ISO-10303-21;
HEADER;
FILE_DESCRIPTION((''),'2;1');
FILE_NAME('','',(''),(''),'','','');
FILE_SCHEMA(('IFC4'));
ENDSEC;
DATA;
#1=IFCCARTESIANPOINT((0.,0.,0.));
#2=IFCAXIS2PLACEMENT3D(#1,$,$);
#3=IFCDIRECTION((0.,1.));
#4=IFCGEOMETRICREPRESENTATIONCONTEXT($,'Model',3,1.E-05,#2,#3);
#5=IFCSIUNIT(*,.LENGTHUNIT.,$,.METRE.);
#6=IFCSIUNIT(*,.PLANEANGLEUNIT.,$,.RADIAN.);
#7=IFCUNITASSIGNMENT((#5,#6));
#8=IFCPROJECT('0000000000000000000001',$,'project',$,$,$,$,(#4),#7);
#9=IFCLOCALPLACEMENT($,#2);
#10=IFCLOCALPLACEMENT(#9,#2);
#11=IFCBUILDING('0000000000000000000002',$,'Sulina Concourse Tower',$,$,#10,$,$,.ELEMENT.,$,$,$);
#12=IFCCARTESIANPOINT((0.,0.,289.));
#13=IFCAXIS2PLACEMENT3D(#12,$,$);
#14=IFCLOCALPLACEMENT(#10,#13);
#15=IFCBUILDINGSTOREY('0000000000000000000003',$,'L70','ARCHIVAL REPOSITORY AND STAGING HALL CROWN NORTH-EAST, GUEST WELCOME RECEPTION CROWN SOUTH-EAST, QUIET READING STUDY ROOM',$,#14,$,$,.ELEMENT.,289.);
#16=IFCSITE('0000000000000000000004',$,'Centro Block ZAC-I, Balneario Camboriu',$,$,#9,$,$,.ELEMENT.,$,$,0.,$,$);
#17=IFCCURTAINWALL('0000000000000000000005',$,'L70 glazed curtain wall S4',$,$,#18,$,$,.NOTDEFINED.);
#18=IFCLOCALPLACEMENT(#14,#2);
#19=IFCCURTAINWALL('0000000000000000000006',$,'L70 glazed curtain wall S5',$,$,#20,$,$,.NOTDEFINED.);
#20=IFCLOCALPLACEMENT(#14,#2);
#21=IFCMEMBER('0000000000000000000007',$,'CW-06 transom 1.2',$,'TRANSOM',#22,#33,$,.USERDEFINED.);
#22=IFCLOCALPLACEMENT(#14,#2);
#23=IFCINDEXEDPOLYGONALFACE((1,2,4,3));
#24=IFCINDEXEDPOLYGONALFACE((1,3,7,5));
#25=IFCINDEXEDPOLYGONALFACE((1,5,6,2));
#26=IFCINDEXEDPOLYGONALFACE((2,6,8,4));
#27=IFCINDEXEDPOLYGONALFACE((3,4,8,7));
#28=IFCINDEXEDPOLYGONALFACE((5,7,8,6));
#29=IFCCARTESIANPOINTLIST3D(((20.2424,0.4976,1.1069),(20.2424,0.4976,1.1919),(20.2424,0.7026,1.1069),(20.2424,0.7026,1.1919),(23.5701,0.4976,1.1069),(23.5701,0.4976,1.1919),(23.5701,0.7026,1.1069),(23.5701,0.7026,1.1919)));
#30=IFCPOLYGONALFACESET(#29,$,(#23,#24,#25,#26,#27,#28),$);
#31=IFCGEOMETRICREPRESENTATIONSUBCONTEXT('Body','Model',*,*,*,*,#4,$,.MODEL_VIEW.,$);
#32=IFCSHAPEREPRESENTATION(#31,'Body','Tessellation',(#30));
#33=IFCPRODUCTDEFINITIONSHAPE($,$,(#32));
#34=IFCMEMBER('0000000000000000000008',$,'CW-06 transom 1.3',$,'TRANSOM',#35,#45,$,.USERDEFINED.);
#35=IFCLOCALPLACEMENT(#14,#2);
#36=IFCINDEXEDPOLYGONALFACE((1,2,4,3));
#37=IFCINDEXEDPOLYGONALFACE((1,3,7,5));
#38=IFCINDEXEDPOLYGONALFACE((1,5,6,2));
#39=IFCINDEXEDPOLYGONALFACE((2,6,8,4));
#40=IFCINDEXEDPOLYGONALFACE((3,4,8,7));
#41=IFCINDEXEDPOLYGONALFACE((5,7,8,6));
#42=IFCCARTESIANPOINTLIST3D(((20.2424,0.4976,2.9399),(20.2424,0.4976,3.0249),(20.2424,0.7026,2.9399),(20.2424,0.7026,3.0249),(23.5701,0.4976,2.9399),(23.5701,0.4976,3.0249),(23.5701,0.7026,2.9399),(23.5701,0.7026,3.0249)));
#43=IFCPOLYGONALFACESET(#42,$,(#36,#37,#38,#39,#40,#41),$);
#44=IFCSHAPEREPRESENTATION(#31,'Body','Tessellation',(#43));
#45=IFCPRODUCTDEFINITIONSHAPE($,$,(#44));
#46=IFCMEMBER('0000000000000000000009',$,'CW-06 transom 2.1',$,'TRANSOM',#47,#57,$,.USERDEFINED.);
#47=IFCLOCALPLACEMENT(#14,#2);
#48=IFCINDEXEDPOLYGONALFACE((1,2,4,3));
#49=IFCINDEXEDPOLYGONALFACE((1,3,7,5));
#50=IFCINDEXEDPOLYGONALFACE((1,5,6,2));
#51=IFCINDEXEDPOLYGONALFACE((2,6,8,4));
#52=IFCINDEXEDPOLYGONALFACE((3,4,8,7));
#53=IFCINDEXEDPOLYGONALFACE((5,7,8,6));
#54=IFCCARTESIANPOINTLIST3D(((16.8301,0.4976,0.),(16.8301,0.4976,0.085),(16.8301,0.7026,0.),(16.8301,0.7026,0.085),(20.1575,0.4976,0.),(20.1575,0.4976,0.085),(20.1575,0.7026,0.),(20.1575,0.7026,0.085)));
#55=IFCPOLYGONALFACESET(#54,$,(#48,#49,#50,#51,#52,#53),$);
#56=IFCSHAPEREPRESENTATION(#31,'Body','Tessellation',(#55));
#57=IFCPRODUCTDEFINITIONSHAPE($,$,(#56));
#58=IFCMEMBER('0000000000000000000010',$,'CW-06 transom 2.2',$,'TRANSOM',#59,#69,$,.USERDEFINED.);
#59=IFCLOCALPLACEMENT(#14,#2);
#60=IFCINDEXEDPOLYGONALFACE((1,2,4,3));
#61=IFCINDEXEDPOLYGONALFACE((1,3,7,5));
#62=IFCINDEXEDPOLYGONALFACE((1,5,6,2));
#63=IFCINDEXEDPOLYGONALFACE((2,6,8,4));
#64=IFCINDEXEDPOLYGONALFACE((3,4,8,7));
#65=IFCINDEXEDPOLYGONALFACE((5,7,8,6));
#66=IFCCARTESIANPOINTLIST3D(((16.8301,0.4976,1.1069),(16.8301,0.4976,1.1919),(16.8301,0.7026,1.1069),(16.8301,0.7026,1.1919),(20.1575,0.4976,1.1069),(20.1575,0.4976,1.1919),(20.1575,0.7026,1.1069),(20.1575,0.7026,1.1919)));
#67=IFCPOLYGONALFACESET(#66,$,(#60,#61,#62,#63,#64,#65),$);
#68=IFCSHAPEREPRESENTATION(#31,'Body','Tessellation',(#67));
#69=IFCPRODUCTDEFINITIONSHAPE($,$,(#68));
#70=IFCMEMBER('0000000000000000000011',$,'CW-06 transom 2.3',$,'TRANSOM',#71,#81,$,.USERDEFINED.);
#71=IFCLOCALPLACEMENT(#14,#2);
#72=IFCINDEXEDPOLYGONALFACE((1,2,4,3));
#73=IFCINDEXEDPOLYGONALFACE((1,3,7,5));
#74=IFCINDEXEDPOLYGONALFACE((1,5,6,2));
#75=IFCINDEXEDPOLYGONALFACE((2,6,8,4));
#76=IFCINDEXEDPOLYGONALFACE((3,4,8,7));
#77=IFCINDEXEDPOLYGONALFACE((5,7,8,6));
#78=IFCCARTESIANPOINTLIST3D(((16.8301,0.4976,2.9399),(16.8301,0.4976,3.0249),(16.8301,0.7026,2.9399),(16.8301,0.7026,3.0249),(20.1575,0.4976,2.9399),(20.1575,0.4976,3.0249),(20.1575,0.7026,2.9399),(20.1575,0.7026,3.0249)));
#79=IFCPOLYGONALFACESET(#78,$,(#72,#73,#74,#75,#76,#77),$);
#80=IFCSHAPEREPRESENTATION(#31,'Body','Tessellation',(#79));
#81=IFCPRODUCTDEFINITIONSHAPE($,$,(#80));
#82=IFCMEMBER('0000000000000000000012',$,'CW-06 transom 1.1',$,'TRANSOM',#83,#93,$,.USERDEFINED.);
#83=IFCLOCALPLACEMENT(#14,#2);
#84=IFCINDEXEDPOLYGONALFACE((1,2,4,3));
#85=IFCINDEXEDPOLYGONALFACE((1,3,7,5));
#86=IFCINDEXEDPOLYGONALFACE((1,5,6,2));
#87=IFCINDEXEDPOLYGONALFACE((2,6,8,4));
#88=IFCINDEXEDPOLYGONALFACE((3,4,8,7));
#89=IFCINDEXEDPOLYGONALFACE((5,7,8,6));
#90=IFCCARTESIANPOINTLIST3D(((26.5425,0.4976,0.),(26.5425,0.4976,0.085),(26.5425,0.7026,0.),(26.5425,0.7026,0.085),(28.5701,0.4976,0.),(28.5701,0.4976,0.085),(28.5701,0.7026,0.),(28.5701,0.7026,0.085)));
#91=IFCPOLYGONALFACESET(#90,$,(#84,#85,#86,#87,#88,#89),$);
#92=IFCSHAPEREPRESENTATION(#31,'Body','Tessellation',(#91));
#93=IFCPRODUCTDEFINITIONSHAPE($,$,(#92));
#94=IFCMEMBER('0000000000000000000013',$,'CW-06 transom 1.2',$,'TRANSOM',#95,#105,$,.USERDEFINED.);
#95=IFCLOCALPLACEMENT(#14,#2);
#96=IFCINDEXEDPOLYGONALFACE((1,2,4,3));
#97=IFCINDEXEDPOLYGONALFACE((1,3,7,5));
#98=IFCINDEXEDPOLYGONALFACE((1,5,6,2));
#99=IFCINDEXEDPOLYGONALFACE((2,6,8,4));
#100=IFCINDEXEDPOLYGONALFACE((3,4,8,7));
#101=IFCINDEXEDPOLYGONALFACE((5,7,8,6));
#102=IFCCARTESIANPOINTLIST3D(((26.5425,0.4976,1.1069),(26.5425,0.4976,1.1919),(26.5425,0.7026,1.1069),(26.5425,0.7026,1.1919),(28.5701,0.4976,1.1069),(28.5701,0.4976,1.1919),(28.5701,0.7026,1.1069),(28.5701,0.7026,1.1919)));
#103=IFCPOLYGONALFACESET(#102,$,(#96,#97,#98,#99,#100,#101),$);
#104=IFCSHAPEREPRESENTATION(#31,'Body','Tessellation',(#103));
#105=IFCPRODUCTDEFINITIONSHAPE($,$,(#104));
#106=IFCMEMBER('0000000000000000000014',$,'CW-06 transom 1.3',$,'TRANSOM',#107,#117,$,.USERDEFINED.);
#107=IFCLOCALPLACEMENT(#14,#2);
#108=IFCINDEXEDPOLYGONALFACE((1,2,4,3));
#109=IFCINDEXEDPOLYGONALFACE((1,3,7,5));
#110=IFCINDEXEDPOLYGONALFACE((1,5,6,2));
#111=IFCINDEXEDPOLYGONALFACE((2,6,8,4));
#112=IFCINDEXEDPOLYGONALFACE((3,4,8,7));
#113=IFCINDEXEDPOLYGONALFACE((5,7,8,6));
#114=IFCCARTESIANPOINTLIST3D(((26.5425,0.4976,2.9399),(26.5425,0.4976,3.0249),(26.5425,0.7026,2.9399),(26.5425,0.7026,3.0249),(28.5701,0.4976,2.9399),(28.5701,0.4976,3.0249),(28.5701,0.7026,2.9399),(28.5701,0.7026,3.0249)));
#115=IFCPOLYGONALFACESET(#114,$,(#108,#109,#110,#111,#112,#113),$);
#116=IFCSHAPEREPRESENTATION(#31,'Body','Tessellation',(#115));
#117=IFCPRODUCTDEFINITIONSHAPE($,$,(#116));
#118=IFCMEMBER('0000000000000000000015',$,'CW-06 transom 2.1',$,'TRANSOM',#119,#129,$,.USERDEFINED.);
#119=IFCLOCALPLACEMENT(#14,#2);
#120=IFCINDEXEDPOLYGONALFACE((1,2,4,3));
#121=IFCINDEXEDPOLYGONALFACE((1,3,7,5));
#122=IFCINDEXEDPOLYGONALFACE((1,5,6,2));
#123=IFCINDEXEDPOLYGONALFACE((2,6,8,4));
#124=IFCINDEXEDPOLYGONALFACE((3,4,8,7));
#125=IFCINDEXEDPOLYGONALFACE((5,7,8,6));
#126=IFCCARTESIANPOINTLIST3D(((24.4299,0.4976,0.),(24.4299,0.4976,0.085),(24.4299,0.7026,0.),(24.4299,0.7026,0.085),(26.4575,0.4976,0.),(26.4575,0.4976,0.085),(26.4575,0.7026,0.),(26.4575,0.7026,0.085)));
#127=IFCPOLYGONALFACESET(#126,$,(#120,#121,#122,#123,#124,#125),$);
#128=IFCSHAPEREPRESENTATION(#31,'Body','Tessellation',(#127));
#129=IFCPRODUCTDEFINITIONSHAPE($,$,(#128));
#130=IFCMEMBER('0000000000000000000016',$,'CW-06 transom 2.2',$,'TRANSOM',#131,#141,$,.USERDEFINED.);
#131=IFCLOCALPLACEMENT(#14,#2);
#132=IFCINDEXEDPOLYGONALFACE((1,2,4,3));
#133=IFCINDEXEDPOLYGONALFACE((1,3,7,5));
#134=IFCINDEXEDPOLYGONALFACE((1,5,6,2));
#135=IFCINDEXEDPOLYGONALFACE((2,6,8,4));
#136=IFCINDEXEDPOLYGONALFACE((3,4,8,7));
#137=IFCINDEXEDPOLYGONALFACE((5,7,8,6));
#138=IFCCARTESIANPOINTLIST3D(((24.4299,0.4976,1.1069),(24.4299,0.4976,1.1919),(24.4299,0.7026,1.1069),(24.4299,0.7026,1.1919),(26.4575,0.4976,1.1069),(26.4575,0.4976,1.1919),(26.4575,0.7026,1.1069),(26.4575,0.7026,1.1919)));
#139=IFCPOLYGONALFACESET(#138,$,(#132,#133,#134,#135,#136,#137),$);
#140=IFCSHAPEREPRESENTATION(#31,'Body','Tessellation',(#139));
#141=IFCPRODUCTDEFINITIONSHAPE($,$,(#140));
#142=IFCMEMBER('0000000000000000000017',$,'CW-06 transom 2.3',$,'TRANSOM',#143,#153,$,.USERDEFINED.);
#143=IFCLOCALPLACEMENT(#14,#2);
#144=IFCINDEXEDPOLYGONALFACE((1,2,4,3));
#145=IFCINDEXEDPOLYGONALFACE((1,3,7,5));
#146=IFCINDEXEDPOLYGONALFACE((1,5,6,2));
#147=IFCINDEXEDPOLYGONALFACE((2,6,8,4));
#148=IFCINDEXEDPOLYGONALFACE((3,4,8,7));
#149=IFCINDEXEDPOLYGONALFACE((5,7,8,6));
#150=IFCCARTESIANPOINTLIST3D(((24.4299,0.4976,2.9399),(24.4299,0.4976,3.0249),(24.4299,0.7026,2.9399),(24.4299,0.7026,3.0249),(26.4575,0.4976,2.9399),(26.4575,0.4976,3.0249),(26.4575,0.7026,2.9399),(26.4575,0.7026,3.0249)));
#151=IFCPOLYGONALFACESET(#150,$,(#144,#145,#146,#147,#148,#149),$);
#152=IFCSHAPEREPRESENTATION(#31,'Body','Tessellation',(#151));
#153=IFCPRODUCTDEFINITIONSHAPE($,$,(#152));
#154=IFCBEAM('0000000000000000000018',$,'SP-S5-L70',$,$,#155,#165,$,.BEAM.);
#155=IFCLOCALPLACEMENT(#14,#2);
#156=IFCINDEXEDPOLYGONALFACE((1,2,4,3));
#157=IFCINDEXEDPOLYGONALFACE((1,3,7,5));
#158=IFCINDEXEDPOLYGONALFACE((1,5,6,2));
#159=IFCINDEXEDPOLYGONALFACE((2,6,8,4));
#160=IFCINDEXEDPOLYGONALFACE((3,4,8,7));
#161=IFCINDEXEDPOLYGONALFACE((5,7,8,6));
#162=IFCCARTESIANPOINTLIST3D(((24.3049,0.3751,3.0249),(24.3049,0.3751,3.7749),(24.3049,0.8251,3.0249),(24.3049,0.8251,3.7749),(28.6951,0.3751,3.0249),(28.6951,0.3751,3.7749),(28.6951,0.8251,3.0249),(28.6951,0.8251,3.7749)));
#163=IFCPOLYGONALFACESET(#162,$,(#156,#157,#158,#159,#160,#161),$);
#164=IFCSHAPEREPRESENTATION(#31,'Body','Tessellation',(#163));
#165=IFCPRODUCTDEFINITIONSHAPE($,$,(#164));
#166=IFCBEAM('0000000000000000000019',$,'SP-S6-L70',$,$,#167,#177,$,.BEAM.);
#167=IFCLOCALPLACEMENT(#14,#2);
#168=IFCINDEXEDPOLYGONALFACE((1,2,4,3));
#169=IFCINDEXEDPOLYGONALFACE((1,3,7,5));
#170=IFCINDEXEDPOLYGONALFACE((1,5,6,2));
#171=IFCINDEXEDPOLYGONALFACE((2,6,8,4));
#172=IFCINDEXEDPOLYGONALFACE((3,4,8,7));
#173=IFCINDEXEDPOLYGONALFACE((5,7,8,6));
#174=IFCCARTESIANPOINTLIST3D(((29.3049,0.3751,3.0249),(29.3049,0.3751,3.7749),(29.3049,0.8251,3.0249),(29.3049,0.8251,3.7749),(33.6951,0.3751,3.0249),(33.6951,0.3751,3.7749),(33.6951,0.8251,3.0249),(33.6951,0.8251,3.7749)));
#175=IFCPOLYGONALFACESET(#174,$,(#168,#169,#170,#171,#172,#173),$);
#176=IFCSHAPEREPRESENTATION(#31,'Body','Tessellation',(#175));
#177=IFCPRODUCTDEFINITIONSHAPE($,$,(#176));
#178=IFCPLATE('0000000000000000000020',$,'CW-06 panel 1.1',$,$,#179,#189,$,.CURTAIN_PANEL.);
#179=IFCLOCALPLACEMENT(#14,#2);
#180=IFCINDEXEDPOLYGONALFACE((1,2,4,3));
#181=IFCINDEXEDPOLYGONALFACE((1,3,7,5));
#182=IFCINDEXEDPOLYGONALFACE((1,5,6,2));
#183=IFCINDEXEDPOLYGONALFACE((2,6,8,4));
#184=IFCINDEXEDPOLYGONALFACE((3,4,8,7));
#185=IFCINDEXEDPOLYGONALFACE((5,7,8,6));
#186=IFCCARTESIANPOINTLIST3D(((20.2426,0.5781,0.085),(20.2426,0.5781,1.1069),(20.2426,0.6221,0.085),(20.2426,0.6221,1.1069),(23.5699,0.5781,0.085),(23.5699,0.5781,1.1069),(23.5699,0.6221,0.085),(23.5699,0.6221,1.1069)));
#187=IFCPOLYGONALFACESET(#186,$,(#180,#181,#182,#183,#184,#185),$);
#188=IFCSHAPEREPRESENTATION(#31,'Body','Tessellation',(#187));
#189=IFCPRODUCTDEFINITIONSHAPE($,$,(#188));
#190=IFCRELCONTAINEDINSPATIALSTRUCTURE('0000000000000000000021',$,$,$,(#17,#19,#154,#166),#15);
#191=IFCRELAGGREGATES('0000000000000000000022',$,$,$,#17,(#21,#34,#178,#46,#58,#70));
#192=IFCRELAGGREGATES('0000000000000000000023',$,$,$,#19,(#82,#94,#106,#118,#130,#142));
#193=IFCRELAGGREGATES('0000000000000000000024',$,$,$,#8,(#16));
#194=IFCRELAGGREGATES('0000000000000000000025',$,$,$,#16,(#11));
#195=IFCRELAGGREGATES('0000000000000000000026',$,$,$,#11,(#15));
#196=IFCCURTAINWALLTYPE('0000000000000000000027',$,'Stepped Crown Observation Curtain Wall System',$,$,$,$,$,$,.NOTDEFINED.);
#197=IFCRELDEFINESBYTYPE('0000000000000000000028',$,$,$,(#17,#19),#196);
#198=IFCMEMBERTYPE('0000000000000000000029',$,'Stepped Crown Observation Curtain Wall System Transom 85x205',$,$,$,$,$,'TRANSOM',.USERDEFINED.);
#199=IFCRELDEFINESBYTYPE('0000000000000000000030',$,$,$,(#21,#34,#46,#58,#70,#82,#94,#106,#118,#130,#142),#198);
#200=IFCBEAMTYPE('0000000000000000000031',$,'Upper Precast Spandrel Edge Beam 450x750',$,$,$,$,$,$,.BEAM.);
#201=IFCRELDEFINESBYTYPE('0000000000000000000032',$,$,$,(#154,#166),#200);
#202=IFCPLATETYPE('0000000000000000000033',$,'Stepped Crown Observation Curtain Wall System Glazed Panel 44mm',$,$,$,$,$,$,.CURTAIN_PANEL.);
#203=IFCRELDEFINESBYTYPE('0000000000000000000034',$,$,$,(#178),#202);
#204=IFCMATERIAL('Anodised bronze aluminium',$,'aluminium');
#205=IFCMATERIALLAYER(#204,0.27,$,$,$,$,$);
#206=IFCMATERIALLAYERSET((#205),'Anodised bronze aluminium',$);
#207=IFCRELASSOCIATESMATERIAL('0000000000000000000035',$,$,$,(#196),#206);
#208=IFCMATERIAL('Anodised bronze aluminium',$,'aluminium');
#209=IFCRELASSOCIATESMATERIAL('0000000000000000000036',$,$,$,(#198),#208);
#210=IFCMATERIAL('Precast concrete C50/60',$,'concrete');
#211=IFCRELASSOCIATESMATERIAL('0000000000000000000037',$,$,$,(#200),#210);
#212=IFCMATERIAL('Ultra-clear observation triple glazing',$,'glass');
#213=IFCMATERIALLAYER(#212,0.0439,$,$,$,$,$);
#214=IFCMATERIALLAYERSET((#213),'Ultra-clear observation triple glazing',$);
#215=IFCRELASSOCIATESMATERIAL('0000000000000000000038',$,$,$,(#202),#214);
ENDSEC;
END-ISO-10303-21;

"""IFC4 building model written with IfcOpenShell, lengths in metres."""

from ifc_helpers import new_model, si_unit, direction, frame, origin, origin_2d, place, context, subcontext, project, spatial, rectangle, extrude, material, layer, layer_set, material_profile, profile_set, type_object, element, aggregate, save


model = new_model("IFC4")

# Units and contexts
model_context = context("Model", 3, precision=1e-05, world=origin(), true_north=direction((0.0, 1.0)))
body_context = subcontext(model_context, "Body", "Model", "MODEL_VIEW")
ifc_project = project(units=[si_unit("LENGTHUNIT", "METRE"), si_unit("PLANEANGLEUNIT", "RADIAN")], contexts=[model_context])

# Site, building, storey
site_placement = place(None, origin())
site = spatial("IfcSite", under=ifc_project, at=site_placement, Name="Centro Block ZAC-I, Balneario Camboriu", CompositionType="ELEMENT", RefElevation=0.0)
building_placement = place(site_placement, origin())
building = spatial("IfcBuilding", under=site, at=building_placement, Name="Sulina Concourse Tower", CompositionType="ELEMENT")
storey_placement = place(building_placement, frame((0.0, 0.0, 289.0)))
storey = spatial("IfcBuildingStorey", under=building, at=storey_placement, Name="L70", Description="ARCHIVAL REPOSITORY AND STAGING HALL CROWN NORTH-EAST, GUEST WELCOME RECEPTION CROWN SOUTH-EAST, QUIET READING STUDY ROOM", CompositionType="ELEMENT", Elevation=289.0)

# Curtain walls
ifc_material_1 = material(Name="Anodised bronze aluminium", Category="aluminium")
ifc_layer_1 = layer(ifc_material_1, 0.27)
ifc_layer_set_1 = layer_set([ifc_layer_1], Name="Anodised bronze aluminium")
curtain_wall_type = type_object("IfcCurtainWallType", Name="Stepped Crown Observation Curtain Wall System", PredefinedType="NOTDEFINED", material=ifc_layer_set_1)
curtain_wall_1_placement = place(storey_placement, origin())
curtain_wall_1 = element("IfcCurtainWall", 1, at=curtain_wall_1_placement, inside=storey, type_object=curtain_wall_type, Name="L70 glazed curtain wall S4", PredefinedType="NOTDEFINED")
curtain_wall_2_placement = place(storey_placement, origin())
curtain_wall_2 = element("IfcCurtainWall", 2, at=curtain_wall_2_placement, inside=storey, type_object=curtain_wall_type, Name="L70 glazed curtain wall S5", PredefinedType="NOTDEFINED")

# Members
ifc_material_2 = material(Name="Anodised bronze aluminium", Category="aluminium")
ifc_material_profile_1 = material_profile(ifc_material_2, rectangle(XDim=0.2051, YDim=0.085, at=origin_2d()), Name="TRN 85x205")
ifc_profile_set_1 = profile_set([ifc_material_profile_1], Name="Anodised bronze aluminium")
member_type_1 = type_object("IfcMemberType", Name="Stepped Crown Observation Curtain Wall System Transom 85x205", ElementType="TRANSOM", PredefinedType="USERDEFINED", material=ifc_profile_set_1)
member_1_placement = place(storey_placement, frame((23.5701, 0.6001, 1.1494), z_axis=(-1.0, 0.0, 0.0), x_axis=(0.0, -1.0, 0.0)))
member_1 = element("IfcMember", 3, at=member_1_placement, type_object=member_type_1, Name="CW-06 transom 1.2", ObjectType="TRANSOM", PredefinedType="USERDEFINED", context=body_context, shape_type="SweptSolid", body=[
    extrude(rectangle(XDim=0.2051, YDim=0.085, at=origin_2d()), origin(), (0.0, 0.0, 1.0), 3.3276),
])
member_2_placement = place(storey_placement, frame((23.5701, 0.6001, 2.9824), z_axis=(-1.0, 0.0, 0.0), x_axis=(0.0, -1.0, 0.0)))
member_2 = element("IfcMember", 4, at=member_2_placement, type_object=member_type_1, Name="CW-06 transom 1.3", ObjectType="TRANSOM", PredefinedType="USERDEFINED", context=body_context, shape_type="SweptSolid", body=[
    extrude(rectangle(XDim=0.2051, YDim=0.085, at=origin_2d()), origin(), (0.0, 0.0, 1.0), 3.3276),
])
member_3_placement = place(storey_placement, frame((20.1575, 0.6001, 0.0425), z_axis=(-1.0, 0.0, 0.0), x_axis=(0.0, -1.0, 0.0)))
member_3 = element("IfcMember", 5, at=member_3_placement, type_object=member_type_1, Name="CW-06 transom 2.1", ObjectType="TRANSOM", PredefinedType="USERDEFINED", context=body_context, shape_type="SweptSolid", body=[
    extrude(rectangle(XDim=0.2051, YDim=0.085, at=origin_2d()), origin(), (0.0, 0.0, 1.0), 3.3274),
])
member_4_placement = place(storey_placement, frame((20.1575, 0.6001, 1.1494), z_axis=(-1.0, 0.0, 0.0), x_axis=(0.0, -1.0, 0.0)))
member_4 = element("IfcMember", 6, at=member_4_placement, type_object=member_type_1, Name="CW-06 transom 2.2", ObjectType="TRANSOM", PredefinedType="USERDEFINED", context=body_context, shape_type="SweptSolid", body=[
    extrude(rectangle(XDim=0.2051, YDim=0.085, at=origin_2d()), origin(), (0.0, 0.0, 1.0), 3.3274),
])
member_5_placement = place(storey_placement, frame((20.1575, 0.6001, 2.9824), z_axis=(-1.0, 0.0, 0.0), x_axis=(0.0, -1.0, 0.0)))
member_5 = element("IfcMember", 7, at=member_5_placement, type_object=member_type_1, Name="CW-06 transom 2.3", ObjectType="TRANSOM", PredefinedType="USERDEFINED", context=body_context, shape_type="SweptSolid", body=[
    extrude(rectangle(XDim=0.2051, YDim=0.085, at=origin_2d()), origin(), (0.0, 0.0, 1.0), 3.3274),
])
member_6_placement = place(storey_placement, frame((28.5701, 0.6001, 0.0425), z_axis=(-1.0, 0.0, 0.0), x_axis=(0.0, -1.0, 0.0)))
member_6 = element("IfcMember", 8, at=member_6_placement, type_object=member_type_1, Name="CW-06 transom 1.1", ObjectType="TRANSOM", PredefinedType="USERDEFINED", context=body_context, shape_type="SweptSolid", body=[
    extrude(rectangle(XDim=0.2051, YDim=0.085, at=origin_2d()), origin(), (0.0, 0.0, 1.0), 2.0276),
])
member_7_placement = place(storey_placement, frame((28.5701, 0.6001, 1.1494), z_axis=(-1.0, 0.0, 0.0), x_axis=(0.0, -1.0, 0.0)))
member_7 = element("IfcMember", 9, at=member_7_placement, type_object=member_type_1, Name="CW-06 transom 1.2", ObjectType="TRANSOM", PredefinedType="USERDEFINED", context=body_context, shape_type="SweptSolid", body=[
    extrude(rectangle(XDim=0.2051, YDim=0.085, at=origin_2d()), origin(), (0.0, 0.0, 1.0), 2.0276),
])
member_8_placement = place(storey_placement, frame((28.5701, 0.6001, 2.9824), z_axis=(-1.0, 0.0, 0.0), x_axis=(0.0, -1.0, 0.0)))
member_8 = element("IfcMember", 10, at=member_8_placement, type_object=member_type_1, Name="CW-06 transom 1.3", ObjectType="TRANSOM", PredefinedType="USERDEFINED", context=body_context, shape_type="SweptSolid", body=[
    extrude(rectangle(XDim=0.2051, YDim=0.085, at=origin_2d()), origin(), (0.0, 0.0, 1.0), 2.0276),
])
member_9_placement = place(storey_placement, frame((26.4575, 0.6001, 0.0425), z_axis=(-1.0, 0.0, 0.0), x_axis=(0.0, -1.0, 0.0)))
member_9 = element("IfcMember", 11, at=member_9_placement, type_object=member_type_1, Name="CW-06 transom 2.1", ObjectType="TRANSOM", PredefinedType="USERDEFINED", context=body_context, shape_type="SweptSolid", body=[
    extrude(rectangle(XDim=0.2051, YDim=0.085, at=origin_2d()), origin(), (0.0, 0.0, 1.0), 2.0276),
])
member_10_placement = place(storey_placement, frame((26.4575, 0.6001, 1.1494), z_axis=(-1.0, 0.0, 0.0), x_axis=(0.0, -1.0, 0.0)))
member_10 = element("IfcMember", 12, at=member_10_placement, type_object=member_type_1, Name="CW-06 transom 2.2", ObjectType="TRANSOM", PredefinedType="USERDEFINED", context=body_context, shape_type="SweptSolid", body=[
    extrude(rectangle(XDim=0.2051, YDim=0.085, at=origin_2d()), origin(), (0.0, 0.0, 1.0), 2.0276),
])
member_11_placement = place(storey_placement, frame((26.4575, 0.6001, 2.9824), z_axis=(-1.0, 0.0, 0.0), x_axis=(0.0, -1.0, 0.0)))
member_11 = element("IfcMember", 13, at=member_11_placement, type_object=member_type_1, Name="CW-06 transom 2.3", ObjectType="TRANSOM", PredefinedType="USERDEFINED", context=body_context, shape_type="SweptSolid", body=[
    extrude(rectangle(XDim=0.2051, YDim=0.085, at=origin_2d()), origin(), (0.0, 0.0, 1.0), 2.0276),
])

# Beams
ifc_material_3 = material(Name="Precast concrete C50/60", Category="concrete")
ifc_material_profile_2 = material_profile(ifc_material_3, rectangle(XDim=0.45, YDim=0.75, at=origin_2d()), Name="RC 450x750")
ifc_profile_set_2 = profile_set([ifc_material_profile_2], Name="Precast concrete C50/60")
beam_type_1 = type_object("IfcBeamType", Name="Upper Precast Spandrel Edge Beam 450x750", PredefinedType="BEAM", material=ifc_profile_set_2)
for number, where, z_axis, x_axis, name in (
    (14, (24.3049, 0.6001, 3.3999), (1.0, 0.0, 0.0), (0.0, 1.0, 0.0), "SP-S5-L70"),
    (15, (29.3049, 0.6001, 3.3999), (1.0, 0.0, 0.0), (0.0, 1.0, 0.0), "SP-S6-L70"),
):
    element("IfcBeam", number, at=place(storey_placement, frame(where, z_axis=z_axis, x_axis=x_axis)), inside=storey, type_object=beam_type_1, Name=name, PredefinedType="BEAM", context=body_context, shape_type="SweptSolid", body=[
        extrude(rectangle(XDim=0.45, YDim=0.75, at=origin_2d()), origin(), (0.0, 0.0, 1.0), 4.3901),
    ])

# Plate
ifc_material_4 = material(Name="Ultra-clear observation triple glazing", Category="glass")
ifc_layer_2 = layer(ifc_material_4, 0.0439)
ifc_layer_set_2 = layer_set([ifc_layer_2], Name="Ultra-clear observation triple glazing")
plate_type = type_object("IfcPlateType", Name="Stepped Crown Observation Curtain Wall System Glazed Panel 44mm", PredefinedType="CURTAIN_PANEL", material=ifc_layer_set_2)
plate_1_placement = place(storey_placement, frame((21.9062, 0.6001, 0.085), z_axis=(0.0, 0.0, 1.0), x_axis=(-1.0, 0.0, 0.0)))
plate_1 = element("IfcPlate", 16, at=plate_1_placement, type_object=plate_type, Name="CW-06 panel 1.1", PredefinedType="CURTAIN_PANEL", context=body_context, shape_type="SweptSolid", body=[
    extrude(rectangle(XDim=3.3274, YDim=0.0439, at=origin_2d()), origin(), (0.0, 0.0, 1.0), 1.022),
])
aggregate(curtain_wall_1, [member_1, member_2, plate_1, member_3, member_4, member_5])
aggregate(curtain_wall_2, [member_6, member_7, member_8, member_9, member_10, member_11])

save(model, "model.ifc")
